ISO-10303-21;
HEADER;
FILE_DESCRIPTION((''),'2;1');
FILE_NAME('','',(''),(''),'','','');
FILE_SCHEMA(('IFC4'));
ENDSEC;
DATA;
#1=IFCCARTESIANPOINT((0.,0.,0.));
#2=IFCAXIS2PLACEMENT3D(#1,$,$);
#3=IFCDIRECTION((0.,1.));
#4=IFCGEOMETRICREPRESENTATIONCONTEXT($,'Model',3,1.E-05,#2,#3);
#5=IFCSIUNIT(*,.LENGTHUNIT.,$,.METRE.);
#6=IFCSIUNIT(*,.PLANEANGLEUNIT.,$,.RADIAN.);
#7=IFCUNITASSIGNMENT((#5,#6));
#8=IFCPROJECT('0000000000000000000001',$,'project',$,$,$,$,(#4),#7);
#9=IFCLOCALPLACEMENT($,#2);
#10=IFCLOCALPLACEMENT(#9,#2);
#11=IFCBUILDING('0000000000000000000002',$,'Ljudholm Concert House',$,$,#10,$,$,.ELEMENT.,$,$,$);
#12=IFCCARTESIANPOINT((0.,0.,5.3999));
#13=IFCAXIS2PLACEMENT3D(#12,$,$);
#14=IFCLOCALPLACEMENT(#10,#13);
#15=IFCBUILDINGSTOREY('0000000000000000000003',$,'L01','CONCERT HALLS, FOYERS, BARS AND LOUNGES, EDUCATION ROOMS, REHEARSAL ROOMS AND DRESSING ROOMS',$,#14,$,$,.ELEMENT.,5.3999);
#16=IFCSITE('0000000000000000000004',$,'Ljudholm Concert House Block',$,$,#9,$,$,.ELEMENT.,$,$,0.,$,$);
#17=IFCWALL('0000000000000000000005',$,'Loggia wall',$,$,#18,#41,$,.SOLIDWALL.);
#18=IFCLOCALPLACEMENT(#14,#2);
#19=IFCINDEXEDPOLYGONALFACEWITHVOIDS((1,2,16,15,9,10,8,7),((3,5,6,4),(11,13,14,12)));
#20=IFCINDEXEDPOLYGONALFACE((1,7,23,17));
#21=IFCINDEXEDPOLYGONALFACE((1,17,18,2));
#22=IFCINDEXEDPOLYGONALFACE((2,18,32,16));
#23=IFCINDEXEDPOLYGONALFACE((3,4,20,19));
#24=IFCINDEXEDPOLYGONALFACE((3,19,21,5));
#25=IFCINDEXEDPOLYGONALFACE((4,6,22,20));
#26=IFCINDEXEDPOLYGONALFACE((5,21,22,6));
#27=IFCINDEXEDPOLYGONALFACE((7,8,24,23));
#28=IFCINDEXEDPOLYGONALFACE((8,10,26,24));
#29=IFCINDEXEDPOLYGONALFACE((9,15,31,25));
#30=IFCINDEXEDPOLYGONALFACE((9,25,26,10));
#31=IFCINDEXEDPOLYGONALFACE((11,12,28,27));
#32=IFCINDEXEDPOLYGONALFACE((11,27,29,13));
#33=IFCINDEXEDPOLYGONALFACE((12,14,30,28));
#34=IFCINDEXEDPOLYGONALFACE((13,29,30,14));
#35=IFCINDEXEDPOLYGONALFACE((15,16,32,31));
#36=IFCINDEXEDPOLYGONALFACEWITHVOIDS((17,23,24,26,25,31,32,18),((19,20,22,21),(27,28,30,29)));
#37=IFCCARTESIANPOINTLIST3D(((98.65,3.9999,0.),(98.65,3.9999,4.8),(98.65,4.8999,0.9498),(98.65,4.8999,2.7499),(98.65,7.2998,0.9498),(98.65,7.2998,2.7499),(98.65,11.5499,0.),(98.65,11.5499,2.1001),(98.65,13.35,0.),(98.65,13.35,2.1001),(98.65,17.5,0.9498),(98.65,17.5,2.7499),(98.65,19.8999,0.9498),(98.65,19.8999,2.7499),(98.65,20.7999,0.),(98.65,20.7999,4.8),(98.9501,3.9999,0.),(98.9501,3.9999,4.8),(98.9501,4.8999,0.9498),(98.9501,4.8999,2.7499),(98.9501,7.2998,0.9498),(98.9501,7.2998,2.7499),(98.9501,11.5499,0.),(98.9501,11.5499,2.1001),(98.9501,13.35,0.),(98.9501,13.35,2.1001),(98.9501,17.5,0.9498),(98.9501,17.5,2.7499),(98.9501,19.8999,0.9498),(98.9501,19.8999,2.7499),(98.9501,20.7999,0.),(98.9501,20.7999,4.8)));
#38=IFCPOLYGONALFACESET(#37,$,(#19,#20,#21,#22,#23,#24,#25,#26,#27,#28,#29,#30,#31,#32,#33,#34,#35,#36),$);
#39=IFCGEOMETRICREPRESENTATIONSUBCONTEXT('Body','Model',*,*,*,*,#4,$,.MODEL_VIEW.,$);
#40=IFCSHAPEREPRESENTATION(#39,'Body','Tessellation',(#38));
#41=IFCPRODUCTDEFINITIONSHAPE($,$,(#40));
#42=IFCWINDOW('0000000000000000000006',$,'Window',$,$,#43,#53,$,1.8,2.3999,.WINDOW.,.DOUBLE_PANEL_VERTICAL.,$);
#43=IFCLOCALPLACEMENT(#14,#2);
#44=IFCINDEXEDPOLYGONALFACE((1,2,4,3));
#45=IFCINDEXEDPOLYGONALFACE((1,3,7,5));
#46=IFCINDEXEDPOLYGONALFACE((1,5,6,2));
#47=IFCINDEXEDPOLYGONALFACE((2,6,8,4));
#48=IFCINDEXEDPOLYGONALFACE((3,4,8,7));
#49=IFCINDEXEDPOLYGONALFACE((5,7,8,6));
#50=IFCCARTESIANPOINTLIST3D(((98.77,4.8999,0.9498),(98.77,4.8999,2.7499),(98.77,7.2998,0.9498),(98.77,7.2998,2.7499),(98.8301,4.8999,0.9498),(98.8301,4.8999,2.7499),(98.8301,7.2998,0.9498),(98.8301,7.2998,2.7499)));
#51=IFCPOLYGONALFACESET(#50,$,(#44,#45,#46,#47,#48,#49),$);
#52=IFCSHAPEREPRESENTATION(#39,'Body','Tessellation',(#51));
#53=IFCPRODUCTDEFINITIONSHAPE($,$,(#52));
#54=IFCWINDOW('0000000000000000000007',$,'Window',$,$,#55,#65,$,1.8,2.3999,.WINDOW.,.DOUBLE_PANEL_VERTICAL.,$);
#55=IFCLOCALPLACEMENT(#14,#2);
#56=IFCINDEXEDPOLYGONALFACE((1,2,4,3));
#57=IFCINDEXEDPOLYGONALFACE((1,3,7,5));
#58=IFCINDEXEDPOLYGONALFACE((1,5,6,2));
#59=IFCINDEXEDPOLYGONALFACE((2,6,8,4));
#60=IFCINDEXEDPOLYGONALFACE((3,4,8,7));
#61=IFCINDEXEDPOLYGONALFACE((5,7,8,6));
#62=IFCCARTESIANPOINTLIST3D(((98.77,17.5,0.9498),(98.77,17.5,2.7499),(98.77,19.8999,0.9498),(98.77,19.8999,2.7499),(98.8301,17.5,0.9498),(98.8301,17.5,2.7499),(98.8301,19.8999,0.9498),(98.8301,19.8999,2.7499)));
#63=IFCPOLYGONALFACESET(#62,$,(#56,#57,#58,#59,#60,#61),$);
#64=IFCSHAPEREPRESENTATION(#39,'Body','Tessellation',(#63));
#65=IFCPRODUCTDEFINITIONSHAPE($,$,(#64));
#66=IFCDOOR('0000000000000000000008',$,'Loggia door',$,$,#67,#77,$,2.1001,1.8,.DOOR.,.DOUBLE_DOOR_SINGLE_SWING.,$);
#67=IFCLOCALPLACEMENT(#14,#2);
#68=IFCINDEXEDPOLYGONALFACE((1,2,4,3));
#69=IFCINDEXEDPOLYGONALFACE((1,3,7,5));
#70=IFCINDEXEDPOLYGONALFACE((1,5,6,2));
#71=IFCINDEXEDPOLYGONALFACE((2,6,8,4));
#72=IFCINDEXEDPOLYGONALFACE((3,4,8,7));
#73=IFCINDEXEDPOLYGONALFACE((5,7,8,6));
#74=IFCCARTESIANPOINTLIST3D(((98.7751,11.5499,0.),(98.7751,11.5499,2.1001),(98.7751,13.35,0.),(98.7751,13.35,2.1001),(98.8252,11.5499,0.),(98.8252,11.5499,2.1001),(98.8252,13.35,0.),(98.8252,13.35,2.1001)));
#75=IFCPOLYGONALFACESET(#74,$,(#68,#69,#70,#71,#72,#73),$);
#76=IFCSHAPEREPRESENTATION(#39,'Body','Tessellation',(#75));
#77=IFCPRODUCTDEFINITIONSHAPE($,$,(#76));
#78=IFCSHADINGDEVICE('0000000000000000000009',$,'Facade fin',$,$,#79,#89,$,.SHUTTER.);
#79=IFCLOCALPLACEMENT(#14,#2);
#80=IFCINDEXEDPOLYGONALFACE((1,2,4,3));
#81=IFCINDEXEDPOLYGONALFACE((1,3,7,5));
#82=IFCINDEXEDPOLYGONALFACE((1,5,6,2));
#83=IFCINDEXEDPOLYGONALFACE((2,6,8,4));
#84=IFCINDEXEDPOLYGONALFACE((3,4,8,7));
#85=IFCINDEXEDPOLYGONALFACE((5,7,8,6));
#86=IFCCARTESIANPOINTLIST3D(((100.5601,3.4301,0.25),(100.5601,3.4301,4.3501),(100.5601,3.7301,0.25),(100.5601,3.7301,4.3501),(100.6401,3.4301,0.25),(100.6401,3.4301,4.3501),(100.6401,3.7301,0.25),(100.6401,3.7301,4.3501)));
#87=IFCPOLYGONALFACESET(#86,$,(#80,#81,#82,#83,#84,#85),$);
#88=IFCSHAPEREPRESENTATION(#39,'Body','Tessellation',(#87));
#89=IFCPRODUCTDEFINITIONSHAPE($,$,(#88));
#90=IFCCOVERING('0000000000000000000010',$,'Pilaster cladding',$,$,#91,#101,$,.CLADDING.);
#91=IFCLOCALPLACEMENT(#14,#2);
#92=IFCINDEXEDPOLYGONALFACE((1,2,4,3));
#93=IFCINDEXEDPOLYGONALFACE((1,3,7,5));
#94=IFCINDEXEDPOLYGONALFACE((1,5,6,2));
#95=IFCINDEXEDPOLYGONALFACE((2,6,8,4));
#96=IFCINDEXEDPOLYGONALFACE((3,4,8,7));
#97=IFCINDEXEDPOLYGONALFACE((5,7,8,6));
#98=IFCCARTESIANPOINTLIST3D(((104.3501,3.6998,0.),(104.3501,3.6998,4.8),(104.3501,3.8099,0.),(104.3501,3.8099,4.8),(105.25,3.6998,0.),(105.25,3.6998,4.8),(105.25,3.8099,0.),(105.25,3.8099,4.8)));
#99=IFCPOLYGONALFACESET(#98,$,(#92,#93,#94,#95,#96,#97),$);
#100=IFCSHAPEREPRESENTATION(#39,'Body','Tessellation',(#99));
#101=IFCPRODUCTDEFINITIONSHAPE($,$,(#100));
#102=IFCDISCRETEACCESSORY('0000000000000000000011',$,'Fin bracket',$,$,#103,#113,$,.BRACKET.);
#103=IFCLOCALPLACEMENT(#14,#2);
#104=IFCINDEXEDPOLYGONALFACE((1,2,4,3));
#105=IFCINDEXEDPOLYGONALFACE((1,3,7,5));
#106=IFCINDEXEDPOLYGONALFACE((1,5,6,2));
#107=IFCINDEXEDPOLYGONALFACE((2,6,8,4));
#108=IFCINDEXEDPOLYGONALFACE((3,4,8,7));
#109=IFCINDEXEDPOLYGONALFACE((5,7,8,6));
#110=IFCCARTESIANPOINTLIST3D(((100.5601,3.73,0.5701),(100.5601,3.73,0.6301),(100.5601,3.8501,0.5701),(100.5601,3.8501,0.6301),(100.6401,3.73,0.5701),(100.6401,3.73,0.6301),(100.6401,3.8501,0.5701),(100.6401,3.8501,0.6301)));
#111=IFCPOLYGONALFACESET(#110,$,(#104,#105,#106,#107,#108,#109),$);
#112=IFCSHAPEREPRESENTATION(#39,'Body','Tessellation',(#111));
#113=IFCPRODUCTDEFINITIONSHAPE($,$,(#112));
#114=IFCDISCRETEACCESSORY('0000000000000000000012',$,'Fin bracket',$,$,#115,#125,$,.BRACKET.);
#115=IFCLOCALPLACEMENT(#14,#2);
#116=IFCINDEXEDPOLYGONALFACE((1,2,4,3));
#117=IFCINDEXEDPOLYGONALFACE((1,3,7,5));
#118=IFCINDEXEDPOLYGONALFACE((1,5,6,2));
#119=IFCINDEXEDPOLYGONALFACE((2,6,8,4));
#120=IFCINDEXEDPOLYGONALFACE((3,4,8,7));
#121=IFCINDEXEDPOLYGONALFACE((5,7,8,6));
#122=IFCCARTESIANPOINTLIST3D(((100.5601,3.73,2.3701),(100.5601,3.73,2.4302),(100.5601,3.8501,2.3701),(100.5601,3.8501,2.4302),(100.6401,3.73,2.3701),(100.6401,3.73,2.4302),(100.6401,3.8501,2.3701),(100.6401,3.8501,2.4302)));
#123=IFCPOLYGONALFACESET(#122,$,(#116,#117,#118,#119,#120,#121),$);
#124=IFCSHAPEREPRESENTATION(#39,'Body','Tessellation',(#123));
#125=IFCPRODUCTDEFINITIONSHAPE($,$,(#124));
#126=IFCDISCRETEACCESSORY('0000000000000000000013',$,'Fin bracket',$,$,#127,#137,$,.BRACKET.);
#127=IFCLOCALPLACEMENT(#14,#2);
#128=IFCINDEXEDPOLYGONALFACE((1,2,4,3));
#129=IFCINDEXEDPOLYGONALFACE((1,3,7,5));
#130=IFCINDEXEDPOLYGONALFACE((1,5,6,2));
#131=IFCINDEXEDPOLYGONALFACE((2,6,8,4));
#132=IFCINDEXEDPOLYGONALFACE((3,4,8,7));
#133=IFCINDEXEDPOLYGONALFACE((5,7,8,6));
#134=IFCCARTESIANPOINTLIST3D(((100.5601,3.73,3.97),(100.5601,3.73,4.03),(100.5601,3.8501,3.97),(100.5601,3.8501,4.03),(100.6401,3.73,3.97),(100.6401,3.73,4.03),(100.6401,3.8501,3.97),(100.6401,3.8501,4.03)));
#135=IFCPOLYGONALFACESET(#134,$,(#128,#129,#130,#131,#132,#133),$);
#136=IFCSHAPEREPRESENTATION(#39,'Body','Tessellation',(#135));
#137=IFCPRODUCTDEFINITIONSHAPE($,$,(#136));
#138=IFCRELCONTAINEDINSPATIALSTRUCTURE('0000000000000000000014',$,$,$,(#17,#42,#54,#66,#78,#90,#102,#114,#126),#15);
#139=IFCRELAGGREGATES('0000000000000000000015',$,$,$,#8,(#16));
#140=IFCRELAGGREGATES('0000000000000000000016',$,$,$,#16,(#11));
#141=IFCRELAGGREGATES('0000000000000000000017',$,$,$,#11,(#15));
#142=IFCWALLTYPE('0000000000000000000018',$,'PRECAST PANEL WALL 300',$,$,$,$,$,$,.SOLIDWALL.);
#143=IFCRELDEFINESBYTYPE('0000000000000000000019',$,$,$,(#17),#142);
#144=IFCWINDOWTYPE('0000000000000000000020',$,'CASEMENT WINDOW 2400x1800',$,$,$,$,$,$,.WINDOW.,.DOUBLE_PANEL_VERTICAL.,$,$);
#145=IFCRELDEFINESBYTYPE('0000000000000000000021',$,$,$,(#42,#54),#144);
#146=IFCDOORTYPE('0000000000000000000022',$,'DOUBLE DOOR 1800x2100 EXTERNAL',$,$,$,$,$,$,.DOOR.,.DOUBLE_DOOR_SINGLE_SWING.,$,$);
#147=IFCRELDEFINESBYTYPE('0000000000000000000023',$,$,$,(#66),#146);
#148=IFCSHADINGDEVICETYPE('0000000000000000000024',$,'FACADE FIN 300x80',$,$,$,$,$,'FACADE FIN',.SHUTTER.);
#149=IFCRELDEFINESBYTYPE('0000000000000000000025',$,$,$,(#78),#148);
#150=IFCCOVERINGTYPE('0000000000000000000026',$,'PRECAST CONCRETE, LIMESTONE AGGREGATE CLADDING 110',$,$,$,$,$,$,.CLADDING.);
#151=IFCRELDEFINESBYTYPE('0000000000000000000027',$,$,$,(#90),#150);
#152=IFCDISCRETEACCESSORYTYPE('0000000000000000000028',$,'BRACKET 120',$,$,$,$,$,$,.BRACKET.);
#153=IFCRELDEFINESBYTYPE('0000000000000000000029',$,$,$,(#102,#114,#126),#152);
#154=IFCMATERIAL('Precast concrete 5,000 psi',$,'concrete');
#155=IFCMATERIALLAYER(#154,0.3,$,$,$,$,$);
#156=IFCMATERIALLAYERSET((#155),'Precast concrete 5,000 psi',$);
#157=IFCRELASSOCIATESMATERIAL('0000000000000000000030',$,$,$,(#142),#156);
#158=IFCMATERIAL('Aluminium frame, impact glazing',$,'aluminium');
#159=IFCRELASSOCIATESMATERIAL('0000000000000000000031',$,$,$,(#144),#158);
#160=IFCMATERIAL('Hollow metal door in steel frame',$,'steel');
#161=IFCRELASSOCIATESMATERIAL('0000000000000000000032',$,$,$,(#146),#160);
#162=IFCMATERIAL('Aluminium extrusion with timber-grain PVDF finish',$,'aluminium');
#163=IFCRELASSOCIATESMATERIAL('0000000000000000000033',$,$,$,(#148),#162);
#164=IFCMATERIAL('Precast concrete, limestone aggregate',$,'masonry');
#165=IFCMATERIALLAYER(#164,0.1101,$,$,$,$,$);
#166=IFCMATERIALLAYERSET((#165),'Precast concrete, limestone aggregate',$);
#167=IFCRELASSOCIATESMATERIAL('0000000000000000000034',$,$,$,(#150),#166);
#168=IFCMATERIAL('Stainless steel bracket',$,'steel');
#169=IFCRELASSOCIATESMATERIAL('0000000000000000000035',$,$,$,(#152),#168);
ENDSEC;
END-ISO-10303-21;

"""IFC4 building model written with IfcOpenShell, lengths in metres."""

from ifc_helpers import new_model, si_unit, direction, frame, frame_2d, origin, origin_2d, place, context, subcontext, project, spatial, rectangle, extrude, material, layer, layer_set, type_object, element, fill, save


model = new_model("IFC4")

# Units and contexts
model_context = context("Model", 3, precision=1e-05, world=origin(), true_north=direction((0.0, 1.0)))
body_context = subcontext(model_context, "Body", "Model", "MODEL_VIEW")
ifc_project = project(units=[si_unit("LENGTHUNIT", "METRE"), si_unit("PLANEANGLEUNIT", "RADIAN")], contexts=[model_context])

# Site, building, storey
site_placement = place(None, origin())
site = spatial("IfcSite", under=ifc_project, at=site_placement, Name="Ljudholm Concert House Block", CompositionType="ELEMENT", RefElevation=0.0)
building_placement = place(site_placement, origin())
building = spatial("IfcBuilding", under=site, at=building_placement, Name="Ljudholm Concert House", CompositionType="ELEMENT")
storey_placement = place(building_placement, frame((0.0, 0.0, 5.3999)))
storey = spatial("IfcBuildingStorey", under=building, at=storey_placement, Name="L01", Description="CONCERT HALLS, FOYERS, BARS AND LOUNGES, EDUCATION ROOMS, REHEARSAL ROOMS AND DRESSING ROOMS", CompositionType="ELEMENT", Elevation=5.3999)

# Shared definitions
ifc_material_1 = material(Name="Precast concrete 5,000 psi", Category="concrete")
ifc_layer_1 = layer(ifc_material_1, 0.3)
ifc_layer_set_1 = layer_set([ifc_layer_1], Name="Precast concrete 5,000 psi")
wall_type = type_object("IfcWallType", Name="PRECAST PANEL WALL 300", PredefinedType="SOLIDWALL", material=ifc_layer_set_1)
ifc_material_2 = material(Name="Aluminium frame, impact glazing", Category="aluminium")
window_type = type_object("IfcWindowType", Name="CASEMENT WINDOW 2400x1800", PartitioningType="DOUBLE_PANEL_VERTICAL", PredefinedType="WINDOW", material=ifc_material_2)

# Wall, openings, windows, door
wall_1_placement = place(storey_placement, frame((98.8, 4.0, 0.0), z_axis=(0.0, 0.0, 1.0), x_axis=(0.0, 1.0, 0.0)))
wall_1 = element("IfcWall", 1, at=wall_1_placement, inside=storey, type_object=wall_type, Name="Loggia wall", PredefinedType="SOLIDWALL", context=body_context, shape_type="SweptSolid", body=[
    extrude(rectangle(XDim=16.8, YDim=0.3, at=frame_2d((8.3999, 0.0))), origin(), (0.0, 0.0, 1.0), 4.8),
])
opening_1_placement = place(wall_1_placement, frame((7.55, 0.0, 0.0)))
opening_1 = element("IfcOpeningElement", 2, at=opening_1_placement, cuts=wall_1, PredefinedType="OPENING", context=body_context, shape_type="SweptSolid", body=[
    extrude(rectangle(XDim=1.8, YDim=2.1001, at=frame_2d((0.8999, 1.05))), frame((0.0, 0.1599, 0.0), z_axis=(0.0, -1.0, 0.0), x_axis=(1.0, 0.0, 0.0)), (0.0, 0.0, 1.0), 0.3201),
])
opening_2_placement = place(wall_1_placement, frame((0.8999, 0.0, 0.95)))
opening_2 = element("IfcOpeningElement", 3, at=opening_2_placement, cuts=wall_1, PredefinedType="OPENING", context=body_context, shape_type="SweptSolid", body=[
    extrude(rectangle(XDim=2.3999, YDim=1.8, at=frame_2d((1.2, 0.8999))), frame((0.0, 0.1599, 0.0), z_axis=(0.0, -1.0, 0.0), x_axis=(1.0, 0.0, 0.0)), (0.0, 0.0, 1.0), 0.3201),
])
opening_3_placement = place(wall_1_placement, frame((13.5, 0.0, 0.95)))
opening_3 = element("IfcOpeningElement", 4, at=opening_3_placement, cuts=wall_1, PredefinedType="OPENING", context=body_context, shape_type="SweptSolid", body=[
    extrude(rectangle(XDim=2.3999, YDim=1.8, at=frame_2d((1.2, 0.8999))), frame((0.0, 0.1599, 0.0), z_axis=(0.0, -1.0, 0.0), x_axis=(1.0, 0.0, 0.0)), (0.0, 0.0, 1.0), 0.3201),
])
window_1_placement = place(opening_2_placement, origin())
window_1 = element("IfcWindow", 5, at=window_1_placement, inside=storey, type_object=window_type, Name="Window", OverallHeight=1.8, OverallWidth=2.3999, PartitioningType="DOUBLE_PANEL_VERTICAL", PredefinedType="WINDOW", context=body_context, shape_type="SweptSolid", body=[
    extrude(rectangle(XDim=2.3999, YDim=1.8, at=frame_2d((1.2, 0.8999))), frame((0.0, 0.03, 0.0), z_axis=(0.0, -1.0, 0.0), x_axis=(1.0, 0.0, 0.0)), (0.0, 0.0, 1.0), 0.0601),
])
fill(opening_2, window_1)
window_2_placement = place(opening_3_placement, origin())
window_2 = element("IfcWindow", 6, at=window_2_placement, inside=storey, type_object=window_type, Name="Window", OverallHeight=1.8, OverallWidth=2.3999, PartitioningType="DOUBLE_PANEL_VERTICAL", PredefinedType="WINDOW", context=body_context, shape_type="SweptSolid", body=[
    extrude(rectangle(XDim=2.3999, YDim=1.8, at=frame_2d((1.2, 0.8999))), frame((0.0, 0.03, 0.0), z_axis=(0.0, -1.0, 0.0), x_axis=(1.0, 0.0, 0.0)), (0.0, 0.0, 1.0), 0.0601),
])
fill(opening_3, window_2)
ifc_material_3 = material(Name="Hollow metal door in steel frame", Category="steel")
door_type = type_object("IfcDoorType", Name="DOUBLE DOOR 1800x2100 EXTERNAL", OperationType="DOUBLE_DOOR_SINGLE_SWING", PredefinedType="DOOR", material=ifc_material_3)
door_placement = place(opening_1_placement, origin())
door = element("IfcDoor", 7, at=door_placement, inside=storey, type_object=door_type, Name="Loggia door", OperationType="DOUBLE_DOOR_SINGLE_SWING", OverallHeight=2.1001, OverallWidth=1.8, PredefinedType="DOOR", context=body_context, shape_type="SweptSolid", body=[
    extrude(rectangle(XDim=1.8, YDim=2.1001, at=frame_2d((0.8999, 1.05))), frame((0.0, 0.0249, 0.0), z_axis=(0.0, -1.0, 0.0), x_axis=(1.0, 0.0, 0.0)), (0.0, 0.0, 1.0), 0.05),
])
fill(opening_1, door)

# Shading device
ifc_material_4 = material(Name="Aluminium extrusion with timber-grain PVDF finish", Category="aluminium")
shading_device_type = type_object("IfcShadingDeviceType", Name="FACADE FIN 300x80", ElementType="FACADE FIN", PredefinedType="SHUTTER", material=ifc_material_4)
shading_device_placement = place(storey_placement, frame((100.6001, 3.5801, 0.25), z_axis=(0.0, 0.0, 1.0), x_axis=(0.0, -1.0, 0.0)))
element("IfcShadingDevice", 8, at=shading_device_placement, inside=storey, type_object=shading_device_type, Name="Facade fin", PredefinedType="SHUTTER", context=body_context, shape_type="SweptSolid", body=[
    extrude(rectangle(XDim=0.3, YDim=0.0801, at=origin_2d()), origin(), (0.0, 0.0, 1.0), 4.1001),
])

# Covering
ifc_material_5 = material(Name="Precast concrete, limestone aggregate", Category="masonry")
ifc_layer_2 = layer(ifc_material_5, 0.1101)
ifc_layer_set_2 = layer_set([ifc_layer_2], Name="Precast concrete, limestone aggregate")
covering_type = type_object("IfcCoveringType", Name="PRECAST CONCRETE, LIMESTONE AGGREGATE CLADDING 110", PredefinedType="CLADDING", material=ifc_layer_set_2)
covering_placement = place(storey_placement, frame((104.8, 3.7549, 0.0), z_axis=(0.0, 0.0, 1.0), x_axis=(0.0, -1.0, 0.0)))
element("IfcCovering", 9, at=covering_placement, inside=storey, type_object=covering_type, Name="Pilaster cladding", PredefinedType="CLADDING", context=body_context, shape_type="SweptSolid", body=[
    extrude(rectangle(XDim=0.1101, YDim=0.8999, at=origin_2d()), origin(), (0.0, 0.0, 1.0), 4.8),
])

# Discrete accessories
ifc_material_6 = material(Name="Stainless steel bracket", Category="steel")
discrete_accessory_type = type_object("IfcDiscreteAccessoryType", Name="BRACKET 120", PredefinedType="BRACKET", material=ifc_material_6)
for number, where, z_axis, x_axis, name in (
    (10, (100.6001, 3.79, 0.5701), (0.0, 0.0, 1.0), (0.0, -1.0, 0.0), "Fin bracket"),
    (11, (100.6001, 3.79, 2.3701), (0.0, 0.0, 1.0), (0.0, -1.0, 0.0), "Fin bracket"),
    (12, (100.6001, 3.79, 3.97), (0.0, 0.0, 1.0), (0.0, -1.0, 0.0), "Fin bracket"),
):
    element("IfcDiscreteAccessory", number, at=place(storey_placement, frame(where, z_axis=z_axis, x_axis=x_axis)), inside=storey, type_object=discrete_accessory_type, Name=name, PredefinedType="BRACKET", context=body_context, shape_type="SweptSolid", body=[
        extrude(rectangle(XDim=0.1201, YDim=0.0801, at=origin_2d()), origin(), (0.0, 0.0, 1.0), 0.0601),
    ])

save(model, "model.ifc")
